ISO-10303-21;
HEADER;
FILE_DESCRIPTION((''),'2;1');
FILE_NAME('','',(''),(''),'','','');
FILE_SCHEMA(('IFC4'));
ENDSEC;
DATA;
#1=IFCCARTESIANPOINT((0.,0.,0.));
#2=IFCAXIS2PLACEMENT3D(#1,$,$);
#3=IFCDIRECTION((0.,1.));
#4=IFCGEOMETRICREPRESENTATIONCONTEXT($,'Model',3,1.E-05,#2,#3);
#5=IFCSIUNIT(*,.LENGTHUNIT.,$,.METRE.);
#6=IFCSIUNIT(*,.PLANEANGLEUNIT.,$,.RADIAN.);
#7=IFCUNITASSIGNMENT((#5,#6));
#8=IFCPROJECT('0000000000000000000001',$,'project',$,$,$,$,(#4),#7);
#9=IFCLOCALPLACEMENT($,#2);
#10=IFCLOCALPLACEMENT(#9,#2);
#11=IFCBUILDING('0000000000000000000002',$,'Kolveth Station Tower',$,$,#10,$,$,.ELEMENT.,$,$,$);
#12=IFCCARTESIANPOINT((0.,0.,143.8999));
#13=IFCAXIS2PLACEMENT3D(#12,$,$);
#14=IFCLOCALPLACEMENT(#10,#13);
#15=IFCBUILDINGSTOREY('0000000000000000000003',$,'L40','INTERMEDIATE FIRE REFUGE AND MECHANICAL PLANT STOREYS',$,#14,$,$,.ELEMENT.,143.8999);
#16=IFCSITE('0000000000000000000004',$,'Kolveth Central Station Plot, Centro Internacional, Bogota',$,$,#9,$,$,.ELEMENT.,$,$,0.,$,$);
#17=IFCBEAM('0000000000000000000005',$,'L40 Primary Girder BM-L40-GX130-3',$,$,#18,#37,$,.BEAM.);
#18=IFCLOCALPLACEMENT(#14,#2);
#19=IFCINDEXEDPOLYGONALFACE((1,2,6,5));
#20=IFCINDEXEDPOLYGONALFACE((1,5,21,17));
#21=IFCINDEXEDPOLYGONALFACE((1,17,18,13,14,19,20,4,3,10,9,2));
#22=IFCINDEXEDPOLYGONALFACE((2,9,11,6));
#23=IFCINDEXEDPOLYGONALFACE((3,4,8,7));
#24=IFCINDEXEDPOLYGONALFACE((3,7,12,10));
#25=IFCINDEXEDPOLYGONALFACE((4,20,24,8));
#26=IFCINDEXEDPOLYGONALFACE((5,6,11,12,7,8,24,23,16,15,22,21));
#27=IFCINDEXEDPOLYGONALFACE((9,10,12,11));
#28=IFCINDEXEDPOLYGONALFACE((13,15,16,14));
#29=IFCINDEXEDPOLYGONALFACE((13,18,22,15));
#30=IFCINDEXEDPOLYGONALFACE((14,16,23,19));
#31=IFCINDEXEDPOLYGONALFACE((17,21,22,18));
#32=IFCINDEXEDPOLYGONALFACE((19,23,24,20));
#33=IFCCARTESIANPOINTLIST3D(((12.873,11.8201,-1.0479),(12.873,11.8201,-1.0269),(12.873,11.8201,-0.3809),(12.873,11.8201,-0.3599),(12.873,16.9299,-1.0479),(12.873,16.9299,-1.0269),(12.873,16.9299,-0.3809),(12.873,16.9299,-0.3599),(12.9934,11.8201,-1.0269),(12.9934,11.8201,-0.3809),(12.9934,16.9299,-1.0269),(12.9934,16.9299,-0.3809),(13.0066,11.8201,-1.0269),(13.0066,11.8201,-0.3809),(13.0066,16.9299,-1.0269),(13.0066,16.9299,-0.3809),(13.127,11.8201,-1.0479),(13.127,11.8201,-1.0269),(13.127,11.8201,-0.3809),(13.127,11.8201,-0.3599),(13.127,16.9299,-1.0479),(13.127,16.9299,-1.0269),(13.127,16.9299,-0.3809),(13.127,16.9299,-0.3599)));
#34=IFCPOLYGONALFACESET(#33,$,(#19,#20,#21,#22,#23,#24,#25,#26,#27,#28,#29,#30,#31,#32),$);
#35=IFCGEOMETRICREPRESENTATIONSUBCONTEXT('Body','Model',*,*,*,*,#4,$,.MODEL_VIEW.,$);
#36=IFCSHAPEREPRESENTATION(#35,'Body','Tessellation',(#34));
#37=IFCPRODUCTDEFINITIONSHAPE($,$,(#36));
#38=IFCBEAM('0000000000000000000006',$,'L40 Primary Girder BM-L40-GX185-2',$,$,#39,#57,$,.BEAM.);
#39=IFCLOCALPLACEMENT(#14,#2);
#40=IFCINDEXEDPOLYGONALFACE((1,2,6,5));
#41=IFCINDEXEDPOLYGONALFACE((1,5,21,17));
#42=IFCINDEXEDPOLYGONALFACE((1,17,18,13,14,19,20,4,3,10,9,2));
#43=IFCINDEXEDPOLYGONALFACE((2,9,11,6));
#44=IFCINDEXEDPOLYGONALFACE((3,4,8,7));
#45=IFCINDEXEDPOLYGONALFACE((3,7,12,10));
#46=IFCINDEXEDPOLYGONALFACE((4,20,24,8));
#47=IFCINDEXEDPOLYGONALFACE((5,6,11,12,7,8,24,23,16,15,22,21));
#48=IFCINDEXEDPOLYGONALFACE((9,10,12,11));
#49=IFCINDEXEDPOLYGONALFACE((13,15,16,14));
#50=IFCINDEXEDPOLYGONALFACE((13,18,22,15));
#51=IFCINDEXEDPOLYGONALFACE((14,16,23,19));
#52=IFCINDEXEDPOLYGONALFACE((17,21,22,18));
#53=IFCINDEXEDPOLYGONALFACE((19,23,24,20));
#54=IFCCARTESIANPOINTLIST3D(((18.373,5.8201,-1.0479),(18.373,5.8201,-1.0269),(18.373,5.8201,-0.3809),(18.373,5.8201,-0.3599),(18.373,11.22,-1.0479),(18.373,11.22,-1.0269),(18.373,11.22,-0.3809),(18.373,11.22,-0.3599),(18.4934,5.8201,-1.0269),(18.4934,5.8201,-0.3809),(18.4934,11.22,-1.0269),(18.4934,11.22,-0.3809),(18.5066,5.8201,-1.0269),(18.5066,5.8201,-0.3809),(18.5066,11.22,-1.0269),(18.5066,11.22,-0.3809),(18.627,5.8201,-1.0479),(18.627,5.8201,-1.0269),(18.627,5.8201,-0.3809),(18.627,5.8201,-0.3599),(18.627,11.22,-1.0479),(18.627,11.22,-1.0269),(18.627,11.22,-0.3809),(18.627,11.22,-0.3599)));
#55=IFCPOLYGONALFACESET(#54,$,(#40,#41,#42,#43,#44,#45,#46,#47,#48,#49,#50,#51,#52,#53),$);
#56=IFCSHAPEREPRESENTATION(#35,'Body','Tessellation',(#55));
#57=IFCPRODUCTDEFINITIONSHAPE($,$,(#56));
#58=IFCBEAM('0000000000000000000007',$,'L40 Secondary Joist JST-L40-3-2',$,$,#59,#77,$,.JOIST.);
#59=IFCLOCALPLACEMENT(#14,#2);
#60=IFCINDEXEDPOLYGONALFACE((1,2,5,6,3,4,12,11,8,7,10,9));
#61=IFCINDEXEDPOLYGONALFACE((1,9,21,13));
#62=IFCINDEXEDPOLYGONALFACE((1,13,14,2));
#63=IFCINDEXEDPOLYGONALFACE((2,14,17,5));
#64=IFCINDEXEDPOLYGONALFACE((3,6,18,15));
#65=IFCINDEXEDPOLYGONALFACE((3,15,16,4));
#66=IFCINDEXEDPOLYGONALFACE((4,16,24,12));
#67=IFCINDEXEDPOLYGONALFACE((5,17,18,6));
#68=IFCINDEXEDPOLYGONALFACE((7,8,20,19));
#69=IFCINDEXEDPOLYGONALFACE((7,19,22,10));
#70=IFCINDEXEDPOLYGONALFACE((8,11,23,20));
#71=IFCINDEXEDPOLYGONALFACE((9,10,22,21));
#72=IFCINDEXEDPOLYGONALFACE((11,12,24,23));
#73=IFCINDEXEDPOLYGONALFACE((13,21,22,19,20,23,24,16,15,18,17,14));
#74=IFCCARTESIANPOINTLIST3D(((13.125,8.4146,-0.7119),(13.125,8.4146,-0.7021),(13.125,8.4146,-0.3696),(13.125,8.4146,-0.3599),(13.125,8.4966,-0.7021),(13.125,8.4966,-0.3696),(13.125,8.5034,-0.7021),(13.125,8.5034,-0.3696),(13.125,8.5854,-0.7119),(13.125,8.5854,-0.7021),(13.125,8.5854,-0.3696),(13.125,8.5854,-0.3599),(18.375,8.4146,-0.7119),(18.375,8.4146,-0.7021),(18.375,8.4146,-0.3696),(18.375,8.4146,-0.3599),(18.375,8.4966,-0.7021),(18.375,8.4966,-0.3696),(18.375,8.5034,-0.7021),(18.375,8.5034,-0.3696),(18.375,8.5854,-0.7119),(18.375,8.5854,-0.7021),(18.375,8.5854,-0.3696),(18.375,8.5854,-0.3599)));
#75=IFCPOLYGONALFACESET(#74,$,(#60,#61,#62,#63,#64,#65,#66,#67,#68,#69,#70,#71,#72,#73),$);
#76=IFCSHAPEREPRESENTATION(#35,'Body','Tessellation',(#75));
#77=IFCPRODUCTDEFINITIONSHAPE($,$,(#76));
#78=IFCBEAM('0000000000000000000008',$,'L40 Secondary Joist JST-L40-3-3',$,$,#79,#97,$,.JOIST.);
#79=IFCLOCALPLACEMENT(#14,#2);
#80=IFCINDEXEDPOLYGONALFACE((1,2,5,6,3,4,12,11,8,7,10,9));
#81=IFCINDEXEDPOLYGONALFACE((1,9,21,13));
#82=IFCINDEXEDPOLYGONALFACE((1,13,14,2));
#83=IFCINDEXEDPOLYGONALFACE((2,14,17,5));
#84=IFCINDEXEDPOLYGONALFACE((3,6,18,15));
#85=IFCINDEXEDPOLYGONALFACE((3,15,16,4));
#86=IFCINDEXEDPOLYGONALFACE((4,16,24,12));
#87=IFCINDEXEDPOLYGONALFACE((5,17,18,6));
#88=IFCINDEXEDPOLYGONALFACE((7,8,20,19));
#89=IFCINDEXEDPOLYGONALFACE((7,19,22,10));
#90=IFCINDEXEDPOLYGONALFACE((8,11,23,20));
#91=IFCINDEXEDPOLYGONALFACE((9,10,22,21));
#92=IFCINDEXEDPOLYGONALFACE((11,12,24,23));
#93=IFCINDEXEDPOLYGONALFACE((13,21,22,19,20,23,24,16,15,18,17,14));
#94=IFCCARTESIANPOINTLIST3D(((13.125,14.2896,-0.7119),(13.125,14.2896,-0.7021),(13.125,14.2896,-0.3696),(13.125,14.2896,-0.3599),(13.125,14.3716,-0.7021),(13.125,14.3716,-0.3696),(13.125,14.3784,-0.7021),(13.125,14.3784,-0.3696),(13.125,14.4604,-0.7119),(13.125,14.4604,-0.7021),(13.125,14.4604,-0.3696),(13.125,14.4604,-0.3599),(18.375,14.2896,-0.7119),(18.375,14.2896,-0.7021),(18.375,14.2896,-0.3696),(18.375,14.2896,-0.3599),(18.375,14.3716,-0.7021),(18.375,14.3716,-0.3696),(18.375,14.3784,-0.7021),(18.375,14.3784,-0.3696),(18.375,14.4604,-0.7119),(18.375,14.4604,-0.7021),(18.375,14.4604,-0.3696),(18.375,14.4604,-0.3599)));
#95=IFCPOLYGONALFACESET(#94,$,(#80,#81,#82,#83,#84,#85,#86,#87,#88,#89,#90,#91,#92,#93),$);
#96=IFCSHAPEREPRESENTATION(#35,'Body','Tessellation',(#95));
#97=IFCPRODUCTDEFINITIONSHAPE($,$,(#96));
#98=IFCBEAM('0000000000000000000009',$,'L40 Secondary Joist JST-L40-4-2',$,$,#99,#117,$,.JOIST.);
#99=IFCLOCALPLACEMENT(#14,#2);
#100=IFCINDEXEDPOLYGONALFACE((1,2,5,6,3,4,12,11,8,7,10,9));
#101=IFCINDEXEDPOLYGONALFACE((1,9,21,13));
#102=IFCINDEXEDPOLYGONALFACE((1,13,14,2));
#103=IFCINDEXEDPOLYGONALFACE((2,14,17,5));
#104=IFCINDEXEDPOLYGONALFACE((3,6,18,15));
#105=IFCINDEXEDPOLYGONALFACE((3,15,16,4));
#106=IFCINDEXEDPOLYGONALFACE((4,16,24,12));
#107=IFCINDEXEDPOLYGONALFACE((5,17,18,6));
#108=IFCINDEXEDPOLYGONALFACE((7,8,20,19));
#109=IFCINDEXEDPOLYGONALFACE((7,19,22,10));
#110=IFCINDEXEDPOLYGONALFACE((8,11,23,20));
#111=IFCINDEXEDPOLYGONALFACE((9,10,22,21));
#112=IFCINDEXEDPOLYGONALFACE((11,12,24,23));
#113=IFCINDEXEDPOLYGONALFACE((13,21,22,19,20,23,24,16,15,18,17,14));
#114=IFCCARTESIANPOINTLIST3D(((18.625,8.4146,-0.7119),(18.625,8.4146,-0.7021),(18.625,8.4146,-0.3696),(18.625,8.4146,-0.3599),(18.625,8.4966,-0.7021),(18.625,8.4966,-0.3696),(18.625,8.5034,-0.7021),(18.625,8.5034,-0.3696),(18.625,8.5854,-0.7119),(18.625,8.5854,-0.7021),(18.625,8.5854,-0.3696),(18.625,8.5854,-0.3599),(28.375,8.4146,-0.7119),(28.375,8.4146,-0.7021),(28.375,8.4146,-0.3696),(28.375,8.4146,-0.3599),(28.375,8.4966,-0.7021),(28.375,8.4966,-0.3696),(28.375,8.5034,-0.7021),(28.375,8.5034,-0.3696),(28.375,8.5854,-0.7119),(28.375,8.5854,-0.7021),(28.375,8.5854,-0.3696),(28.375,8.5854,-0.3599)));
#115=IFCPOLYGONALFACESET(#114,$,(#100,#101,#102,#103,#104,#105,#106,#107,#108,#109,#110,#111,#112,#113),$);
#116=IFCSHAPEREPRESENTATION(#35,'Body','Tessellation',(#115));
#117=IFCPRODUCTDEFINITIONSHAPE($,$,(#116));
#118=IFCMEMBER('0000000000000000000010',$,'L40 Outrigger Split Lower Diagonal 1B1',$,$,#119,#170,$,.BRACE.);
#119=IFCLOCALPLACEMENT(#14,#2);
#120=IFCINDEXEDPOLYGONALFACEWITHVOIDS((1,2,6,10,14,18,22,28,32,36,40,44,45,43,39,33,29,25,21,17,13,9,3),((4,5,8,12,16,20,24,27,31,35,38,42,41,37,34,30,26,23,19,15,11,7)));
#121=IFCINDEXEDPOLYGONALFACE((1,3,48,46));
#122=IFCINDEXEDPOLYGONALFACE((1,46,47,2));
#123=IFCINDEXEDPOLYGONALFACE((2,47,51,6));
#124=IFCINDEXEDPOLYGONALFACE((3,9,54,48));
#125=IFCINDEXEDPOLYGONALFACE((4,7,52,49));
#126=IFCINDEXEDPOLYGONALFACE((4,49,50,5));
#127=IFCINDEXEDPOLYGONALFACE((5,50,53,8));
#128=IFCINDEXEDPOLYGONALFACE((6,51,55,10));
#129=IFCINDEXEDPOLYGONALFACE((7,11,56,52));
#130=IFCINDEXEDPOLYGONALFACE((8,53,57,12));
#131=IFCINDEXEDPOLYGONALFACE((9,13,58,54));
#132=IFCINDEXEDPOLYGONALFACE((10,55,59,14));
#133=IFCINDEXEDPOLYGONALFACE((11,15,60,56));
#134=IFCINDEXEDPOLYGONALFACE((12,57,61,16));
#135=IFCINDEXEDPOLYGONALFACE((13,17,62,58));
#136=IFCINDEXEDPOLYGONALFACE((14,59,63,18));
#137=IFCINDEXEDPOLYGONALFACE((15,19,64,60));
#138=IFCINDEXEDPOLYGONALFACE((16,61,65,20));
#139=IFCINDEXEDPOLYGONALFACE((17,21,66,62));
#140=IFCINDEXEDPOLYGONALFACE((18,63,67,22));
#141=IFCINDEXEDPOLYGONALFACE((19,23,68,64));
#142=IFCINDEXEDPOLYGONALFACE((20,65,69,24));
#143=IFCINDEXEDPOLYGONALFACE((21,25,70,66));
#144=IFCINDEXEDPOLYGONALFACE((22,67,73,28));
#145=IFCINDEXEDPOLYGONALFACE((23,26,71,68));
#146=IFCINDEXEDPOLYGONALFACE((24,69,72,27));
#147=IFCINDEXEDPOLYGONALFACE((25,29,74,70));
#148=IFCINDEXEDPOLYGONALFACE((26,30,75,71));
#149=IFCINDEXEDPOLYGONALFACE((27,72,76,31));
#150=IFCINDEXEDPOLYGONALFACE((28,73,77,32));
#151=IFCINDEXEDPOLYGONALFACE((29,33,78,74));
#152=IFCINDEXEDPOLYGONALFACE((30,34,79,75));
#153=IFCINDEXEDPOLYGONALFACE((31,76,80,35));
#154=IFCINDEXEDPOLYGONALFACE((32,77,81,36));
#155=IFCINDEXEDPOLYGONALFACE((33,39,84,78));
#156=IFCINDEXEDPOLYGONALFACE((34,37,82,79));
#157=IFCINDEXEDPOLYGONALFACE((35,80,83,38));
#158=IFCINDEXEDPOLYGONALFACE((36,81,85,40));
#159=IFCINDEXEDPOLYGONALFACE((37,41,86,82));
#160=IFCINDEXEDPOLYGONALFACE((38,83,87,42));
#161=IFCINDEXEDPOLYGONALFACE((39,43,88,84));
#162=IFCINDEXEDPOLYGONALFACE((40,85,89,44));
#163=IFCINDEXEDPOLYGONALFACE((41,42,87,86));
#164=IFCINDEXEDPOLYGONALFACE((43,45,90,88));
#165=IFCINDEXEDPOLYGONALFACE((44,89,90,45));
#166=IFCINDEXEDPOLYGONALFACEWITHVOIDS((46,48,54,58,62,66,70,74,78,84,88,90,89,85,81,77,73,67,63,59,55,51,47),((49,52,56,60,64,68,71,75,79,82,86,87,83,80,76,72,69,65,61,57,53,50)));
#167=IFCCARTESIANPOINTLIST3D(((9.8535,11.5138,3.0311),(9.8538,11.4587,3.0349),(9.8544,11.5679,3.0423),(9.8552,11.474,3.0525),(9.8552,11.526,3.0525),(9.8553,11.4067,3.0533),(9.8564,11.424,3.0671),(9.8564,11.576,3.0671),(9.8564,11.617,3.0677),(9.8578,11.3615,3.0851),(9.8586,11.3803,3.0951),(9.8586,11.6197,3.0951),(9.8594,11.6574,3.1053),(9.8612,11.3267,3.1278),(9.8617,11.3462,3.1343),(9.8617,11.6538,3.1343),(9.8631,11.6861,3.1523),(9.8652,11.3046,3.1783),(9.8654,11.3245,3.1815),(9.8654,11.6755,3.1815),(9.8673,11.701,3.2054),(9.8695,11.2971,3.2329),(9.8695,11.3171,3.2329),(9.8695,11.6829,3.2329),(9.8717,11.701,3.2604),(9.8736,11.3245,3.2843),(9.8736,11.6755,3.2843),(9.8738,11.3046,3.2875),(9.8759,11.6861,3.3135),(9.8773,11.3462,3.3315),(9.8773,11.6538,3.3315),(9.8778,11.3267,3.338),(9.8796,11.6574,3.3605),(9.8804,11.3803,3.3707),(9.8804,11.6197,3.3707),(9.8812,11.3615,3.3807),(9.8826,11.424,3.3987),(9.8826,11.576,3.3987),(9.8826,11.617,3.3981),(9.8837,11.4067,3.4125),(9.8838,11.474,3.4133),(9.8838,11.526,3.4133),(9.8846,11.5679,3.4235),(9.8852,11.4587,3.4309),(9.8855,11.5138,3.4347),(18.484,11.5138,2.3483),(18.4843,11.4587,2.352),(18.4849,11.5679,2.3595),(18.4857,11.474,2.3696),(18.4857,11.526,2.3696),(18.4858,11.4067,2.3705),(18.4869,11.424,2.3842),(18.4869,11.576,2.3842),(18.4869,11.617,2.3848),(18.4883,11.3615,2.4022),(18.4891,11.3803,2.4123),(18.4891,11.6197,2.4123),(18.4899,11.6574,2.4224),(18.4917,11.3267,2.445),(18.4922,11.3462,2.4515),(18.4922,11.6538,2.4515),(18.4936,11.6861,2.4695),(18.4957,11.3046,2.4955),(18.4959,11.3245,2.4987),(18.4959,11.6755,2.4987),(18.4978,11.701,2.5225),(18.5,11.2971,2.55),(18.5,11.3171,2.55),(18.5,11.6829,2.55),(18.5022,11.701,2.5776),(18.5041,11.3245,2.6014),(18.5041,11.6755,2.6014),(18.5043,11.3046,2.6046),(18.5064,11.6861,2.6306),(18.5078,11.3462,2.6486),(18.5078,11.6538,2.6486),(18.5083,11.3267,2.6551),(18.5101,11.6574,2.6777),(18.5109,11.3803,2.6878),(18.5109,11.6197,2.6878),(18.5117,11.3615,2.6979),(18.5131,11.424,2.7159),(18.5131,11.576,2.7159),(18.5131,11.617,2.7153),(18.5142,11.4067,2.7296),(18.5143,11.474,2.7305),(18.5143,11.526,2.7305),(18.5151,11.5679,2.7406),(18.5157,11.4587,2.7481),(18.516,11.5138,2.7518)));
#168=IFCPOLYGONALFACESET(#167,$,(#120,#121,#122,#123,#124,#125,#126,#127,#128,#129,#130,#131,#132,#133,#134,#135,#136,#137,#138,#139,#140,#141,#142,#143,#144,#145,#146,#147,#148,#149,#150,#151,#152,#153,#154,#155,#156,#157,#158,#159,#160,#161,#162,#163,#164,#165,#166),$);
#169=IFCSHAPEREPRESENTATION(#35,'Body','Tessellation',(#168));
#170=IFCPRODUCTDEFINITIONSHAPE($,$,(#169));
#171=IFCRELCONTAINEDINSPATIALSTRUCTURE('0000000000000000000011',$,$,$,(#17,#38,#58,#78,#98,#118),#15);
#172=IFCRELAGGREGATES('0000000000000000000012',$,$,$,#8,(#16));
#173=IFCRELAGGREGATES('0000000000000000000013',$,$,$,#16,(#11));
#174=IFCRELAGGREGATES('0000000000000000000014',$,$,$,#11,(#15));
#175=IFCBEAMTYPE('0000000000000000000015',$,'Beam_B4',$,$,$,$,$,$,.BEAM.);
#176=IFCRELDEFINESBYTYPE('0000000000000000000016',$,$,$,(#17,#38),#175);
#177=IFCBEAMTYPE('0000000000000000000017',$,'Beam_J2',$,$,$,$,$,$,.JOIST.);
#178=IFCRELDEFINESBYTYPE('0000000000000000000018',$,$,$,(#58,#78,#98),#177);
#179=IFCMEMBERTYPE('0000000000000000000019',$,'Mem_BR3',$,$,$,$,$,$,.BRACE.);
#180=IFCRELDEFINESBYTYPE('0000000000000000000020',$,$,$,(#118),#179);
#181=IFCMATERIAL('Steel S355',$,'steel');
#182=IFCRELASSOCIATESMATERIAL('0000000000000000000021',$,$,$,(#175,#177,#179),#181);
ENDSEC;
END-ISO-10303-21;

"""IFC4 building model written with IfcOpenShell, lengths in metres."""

from ifc_helpers import new_model, si_unit, direction, frame, origin, origin_2d, place, context, subcontext, project, spatial, hollow_circle, i_section, extrude, source, transform, mapped, material, material_profile, profile_set, type_object, element, save


model = new_model("IFC4")

# Units and contexts
model_context = context("Model", 3, precision=1e-05, world=origin(), true_north=direction((0.0, 1.0)))
body_context = subcontext(model_context, "Body", "Model", "MODEL_VIEW")
ifc_project = project(units=[si_unit("LENGTHUNIT", "METRE"), si_unit("PLANEANGLEUNIT", "RADIAN")], contexts=[model_context])

# Site, building, storey
site_placement = place(None, origin())
site = spatial("IfcSite", under=ifc_project, at=site_placement, Name="Kolveth Central Station Plot, Centro Internacional, Bogota", CompositionType="ELEMENT", RefElevation=0.0)
building_placement = place(site_placement, origin())
building = spatial("IfcBuilding", under=site, at=building_placement, Name="Kolveth Station Tower", CompositionType="ELEMENT")
storey_placement = place(building_placement, frame((0.0, 0.0, 143.8999)))
storey = spatial("IfcBuildingStorey", under=building, at=storey_placement, Name="L40", Description="INTERMEDIATE FIRE REFUGE AND MECHANICAL PLANT STOREYS", CompositionType="ELEMENT", Elevation=143.8999)

# Shared definitions
ifc_material_1 = material(Name="Steel S355", Category="steel")

# Beams
ifc_material_profile_1 = material_profile(ifc_material_1, i_section(OverallWidth=0.2539, OverallDepth=0.688, WebThickness=0.0132, FlangeThickness=0.021, at=origin_2d()), Name="W690x152")
ifc_profile_set_1 = profile_set([ifc_material_profile_1], Name="Steel S355")
beam_type_1 = type_object("IfcBeamType", Name="Beam_B4", PredefinedType="BEAM", material=ifc_profile_set_1)
shared_shape_1 = source(origin(), body_context, "Body", "SweptSolid", [
    extrude(i_section(OverallWidth=0.2539, OverallDepth=0.688, WebThickness=0.0132, FlangeThickness=0.021, at=origin_2d()), origin(), (0.0, 0.0, 1.0), 5.1099),
])
beam_1_placement = place(storey_placement, frame((13.0, 11.8201, -0.7039), z_axis=(0.0, 1.0, 0.0), x_axis=(-1.0, 0.0, 0.0)))
element("IfcBeam", 1, at=beam_1_placement, inside=storey, type_object=beam_type_1, Name="L40 Primary Girder BM-L40-GX130-3", PredefinedType="BEAM", context=body_context, shape_type="MappedRepresentation", body=[
    mapped(shared_shape_1, transform((0.0, 0.0, 0.0), x_axis=(1.0, 0.0, 0.0), y_axis=(0.0, 1.0, 0.0), z_axis=(0.0, 0.0, 1.0), scale=1.0)),
])
shared_shape_2 = source(origin(), body_context, "Body", "SweptSolid", [
    extrude(i_section(OverallWidth=0.2539, OverallDepth=0.688, WebThickness=0.0132, FlangeThickness=0.021, at=origin_2d()), origin(), (0.0, 0.0, 1.0), 5.3999),
])
beam_2_placement = place(storey_placement, frame((18.5, 5.8201, -0.7039), z_axis=(0.0, 1.0, 0.0), x_axis=(-1.0, 0.0, 0.0)))
element("IfcBeam", 2, at=beam_2_placement, inside=storey, type_object=beam_type_1, Name="L40 Primary Girder BM-L40-GX185-2", PredefinedType="BEAM", context=body_context, shape_type="MappedRepresentation", body=[
    mapped(shared_shape_2, transform((0.0, 0.0, 0.0), x_axis=(1.0, 0.0, 0.0), y_axis=(0.0, 1.0, 0.0), z_axis=(0.0, 0.0, 1.0), scale=1.0)),
])
ifc_material_profile_2 = material_profile(ifc_material_1, i_section(OverallWidth=0.1709, OverallDepth=0.3521, WebThickness=0.0068, FlangeThickness=0.0098, at=origin_2d()), Name="W360x44")
ifc_profile_set_2 = profile_set([ifc_material_profile_2], Name="Steel S355")
beam_type_2 = type_object("IfcBeamType", Name="Beam_J2", PredefinedType="JOIST", material=ifc_profile_set_2)
shared_shape_3 = source(origin(), body_context, "Body", "SweptSolid", [
    extrude(i_section(OverallWidth=0.1709, OverallDepth=0.3521, WebThickness=0.0068, FlangeThickness=0.0098, at=origin_2d()), origin(), (0.0, 0.0, 1.0), 5.25),
])
for number, where, z_axis, x_axis, name in (
    (3, (13.125, 8.5, -0.5359), (1.0, 0.0, 0.0), (0.0, 1.0, 0.0), "L40 Secondary Joist JST-L40-3-2"),
    (4, (13.125, 14.375, -0.5359), (1.0, 0.0, 0.0), (0.0, 1.0, 0.0), "L40 Secondary Joist JST-L40-3-3"),
):
    element("IfcBeam", number, at=place(storey_placement, frame(where, z_axis=z_axis, x_axis=x_axis)), inside=storey, type_object=beam_type_2, Name=name, PredefinedType="JOIST", context=body_context, shape_type="MappedRepresentation", body=[
        mapped(shared_shape_3, transform((0.0, 0.0, 0.0), x_axis=(1.0, 0.0, 0.0), y_axis=(0.0, 1.0, 0.0), z_axis=(0.0, 0.0, 1.0), scale=1.0)),
    ])
shared_shape_4 = source(origin(), body_context, "Body", "SweptSolid", [
    extrude(i_section(OverallWidth=0.1709, OverallDepth=0.3521, WebThickness=0.0068, FlangeThickness=0.0098, at=origin_2d()), origin(), (0.0, 0.0, 1.0), 9.75),
])
beam_3_placement = place(storey_placement, frame((18.625, 8.5, -0.5359), z_axis=(1.0, 0.0, 0.0), x_axis=(0.0, 1.0, 0.0)))
element("IfcBeam", 5, at=beam_3_placement, inside=storey, type_object=beam_type_2, Name="L40 Secondary Joist JST-L40-4-2", PredefinedType="JOIST", context=body_context, shape_type="MappedRepresentation", body=[
    mapped(shared_shape_4, transform((0.0, 0.0, 0.0), x_axis=(1.0, 0.0, 0.0), y_axis=(0.0, 1.0, 0.0), z_axis=(0.0, 0.0, 1.0), scale=1.0)),
])

# Member
ifc_material_profile_3 = material_profile(ifc_material_1, hollow_circle(Radius=0.2029, WallThickness=0.02, at=origin_2d()), Name="CHS406x20")
ifc_profile_set_3 = profile_set([ifc_material_profile_3], Name="Steel S355")
member_type = type_object("IfcMemberType", Name="Mem_BR3", PredefinedType="BRACE", material=ifc_profile_set_3)
shared_shape_5 = source(origin(), body_context, "Body", "SweptSolid", [
    extrude(hollow_circle(Radius=0.2029, WallThickness=0.02, at=origin_2d()), origin(), (0.0, 0.0, 1.0), 8.6575),
])
for number, where, z_axis, x_axis, name in (
    (6, (18.5, 11.5, 2.55), (-0.996885, 0.0, 0.078874), (0.0, -1.0, 0.0), "L40 Outrigger Split Lower Diagonal 1B1"),
):
    element("IfcMember", number, at=place(storey_placement, frame(where, z_axis=z_axis, x_axis=x_axis)), inside=storey, type_object=member_type, Name=name, PredefinedType="BRACE", context=body_context, shape_type="MappedRepresentation", body=[
        mapped(shared_shape_5, transform((0.0, 0.0, 0.0), x_axis=(1.0, 0.0, 0.0), y_axis=(0.0, 1.0, 0.0), z_axis=(0.0, 0.0, 1.0), scale=1.0)),
    ])

save(model, "model.ifc")
